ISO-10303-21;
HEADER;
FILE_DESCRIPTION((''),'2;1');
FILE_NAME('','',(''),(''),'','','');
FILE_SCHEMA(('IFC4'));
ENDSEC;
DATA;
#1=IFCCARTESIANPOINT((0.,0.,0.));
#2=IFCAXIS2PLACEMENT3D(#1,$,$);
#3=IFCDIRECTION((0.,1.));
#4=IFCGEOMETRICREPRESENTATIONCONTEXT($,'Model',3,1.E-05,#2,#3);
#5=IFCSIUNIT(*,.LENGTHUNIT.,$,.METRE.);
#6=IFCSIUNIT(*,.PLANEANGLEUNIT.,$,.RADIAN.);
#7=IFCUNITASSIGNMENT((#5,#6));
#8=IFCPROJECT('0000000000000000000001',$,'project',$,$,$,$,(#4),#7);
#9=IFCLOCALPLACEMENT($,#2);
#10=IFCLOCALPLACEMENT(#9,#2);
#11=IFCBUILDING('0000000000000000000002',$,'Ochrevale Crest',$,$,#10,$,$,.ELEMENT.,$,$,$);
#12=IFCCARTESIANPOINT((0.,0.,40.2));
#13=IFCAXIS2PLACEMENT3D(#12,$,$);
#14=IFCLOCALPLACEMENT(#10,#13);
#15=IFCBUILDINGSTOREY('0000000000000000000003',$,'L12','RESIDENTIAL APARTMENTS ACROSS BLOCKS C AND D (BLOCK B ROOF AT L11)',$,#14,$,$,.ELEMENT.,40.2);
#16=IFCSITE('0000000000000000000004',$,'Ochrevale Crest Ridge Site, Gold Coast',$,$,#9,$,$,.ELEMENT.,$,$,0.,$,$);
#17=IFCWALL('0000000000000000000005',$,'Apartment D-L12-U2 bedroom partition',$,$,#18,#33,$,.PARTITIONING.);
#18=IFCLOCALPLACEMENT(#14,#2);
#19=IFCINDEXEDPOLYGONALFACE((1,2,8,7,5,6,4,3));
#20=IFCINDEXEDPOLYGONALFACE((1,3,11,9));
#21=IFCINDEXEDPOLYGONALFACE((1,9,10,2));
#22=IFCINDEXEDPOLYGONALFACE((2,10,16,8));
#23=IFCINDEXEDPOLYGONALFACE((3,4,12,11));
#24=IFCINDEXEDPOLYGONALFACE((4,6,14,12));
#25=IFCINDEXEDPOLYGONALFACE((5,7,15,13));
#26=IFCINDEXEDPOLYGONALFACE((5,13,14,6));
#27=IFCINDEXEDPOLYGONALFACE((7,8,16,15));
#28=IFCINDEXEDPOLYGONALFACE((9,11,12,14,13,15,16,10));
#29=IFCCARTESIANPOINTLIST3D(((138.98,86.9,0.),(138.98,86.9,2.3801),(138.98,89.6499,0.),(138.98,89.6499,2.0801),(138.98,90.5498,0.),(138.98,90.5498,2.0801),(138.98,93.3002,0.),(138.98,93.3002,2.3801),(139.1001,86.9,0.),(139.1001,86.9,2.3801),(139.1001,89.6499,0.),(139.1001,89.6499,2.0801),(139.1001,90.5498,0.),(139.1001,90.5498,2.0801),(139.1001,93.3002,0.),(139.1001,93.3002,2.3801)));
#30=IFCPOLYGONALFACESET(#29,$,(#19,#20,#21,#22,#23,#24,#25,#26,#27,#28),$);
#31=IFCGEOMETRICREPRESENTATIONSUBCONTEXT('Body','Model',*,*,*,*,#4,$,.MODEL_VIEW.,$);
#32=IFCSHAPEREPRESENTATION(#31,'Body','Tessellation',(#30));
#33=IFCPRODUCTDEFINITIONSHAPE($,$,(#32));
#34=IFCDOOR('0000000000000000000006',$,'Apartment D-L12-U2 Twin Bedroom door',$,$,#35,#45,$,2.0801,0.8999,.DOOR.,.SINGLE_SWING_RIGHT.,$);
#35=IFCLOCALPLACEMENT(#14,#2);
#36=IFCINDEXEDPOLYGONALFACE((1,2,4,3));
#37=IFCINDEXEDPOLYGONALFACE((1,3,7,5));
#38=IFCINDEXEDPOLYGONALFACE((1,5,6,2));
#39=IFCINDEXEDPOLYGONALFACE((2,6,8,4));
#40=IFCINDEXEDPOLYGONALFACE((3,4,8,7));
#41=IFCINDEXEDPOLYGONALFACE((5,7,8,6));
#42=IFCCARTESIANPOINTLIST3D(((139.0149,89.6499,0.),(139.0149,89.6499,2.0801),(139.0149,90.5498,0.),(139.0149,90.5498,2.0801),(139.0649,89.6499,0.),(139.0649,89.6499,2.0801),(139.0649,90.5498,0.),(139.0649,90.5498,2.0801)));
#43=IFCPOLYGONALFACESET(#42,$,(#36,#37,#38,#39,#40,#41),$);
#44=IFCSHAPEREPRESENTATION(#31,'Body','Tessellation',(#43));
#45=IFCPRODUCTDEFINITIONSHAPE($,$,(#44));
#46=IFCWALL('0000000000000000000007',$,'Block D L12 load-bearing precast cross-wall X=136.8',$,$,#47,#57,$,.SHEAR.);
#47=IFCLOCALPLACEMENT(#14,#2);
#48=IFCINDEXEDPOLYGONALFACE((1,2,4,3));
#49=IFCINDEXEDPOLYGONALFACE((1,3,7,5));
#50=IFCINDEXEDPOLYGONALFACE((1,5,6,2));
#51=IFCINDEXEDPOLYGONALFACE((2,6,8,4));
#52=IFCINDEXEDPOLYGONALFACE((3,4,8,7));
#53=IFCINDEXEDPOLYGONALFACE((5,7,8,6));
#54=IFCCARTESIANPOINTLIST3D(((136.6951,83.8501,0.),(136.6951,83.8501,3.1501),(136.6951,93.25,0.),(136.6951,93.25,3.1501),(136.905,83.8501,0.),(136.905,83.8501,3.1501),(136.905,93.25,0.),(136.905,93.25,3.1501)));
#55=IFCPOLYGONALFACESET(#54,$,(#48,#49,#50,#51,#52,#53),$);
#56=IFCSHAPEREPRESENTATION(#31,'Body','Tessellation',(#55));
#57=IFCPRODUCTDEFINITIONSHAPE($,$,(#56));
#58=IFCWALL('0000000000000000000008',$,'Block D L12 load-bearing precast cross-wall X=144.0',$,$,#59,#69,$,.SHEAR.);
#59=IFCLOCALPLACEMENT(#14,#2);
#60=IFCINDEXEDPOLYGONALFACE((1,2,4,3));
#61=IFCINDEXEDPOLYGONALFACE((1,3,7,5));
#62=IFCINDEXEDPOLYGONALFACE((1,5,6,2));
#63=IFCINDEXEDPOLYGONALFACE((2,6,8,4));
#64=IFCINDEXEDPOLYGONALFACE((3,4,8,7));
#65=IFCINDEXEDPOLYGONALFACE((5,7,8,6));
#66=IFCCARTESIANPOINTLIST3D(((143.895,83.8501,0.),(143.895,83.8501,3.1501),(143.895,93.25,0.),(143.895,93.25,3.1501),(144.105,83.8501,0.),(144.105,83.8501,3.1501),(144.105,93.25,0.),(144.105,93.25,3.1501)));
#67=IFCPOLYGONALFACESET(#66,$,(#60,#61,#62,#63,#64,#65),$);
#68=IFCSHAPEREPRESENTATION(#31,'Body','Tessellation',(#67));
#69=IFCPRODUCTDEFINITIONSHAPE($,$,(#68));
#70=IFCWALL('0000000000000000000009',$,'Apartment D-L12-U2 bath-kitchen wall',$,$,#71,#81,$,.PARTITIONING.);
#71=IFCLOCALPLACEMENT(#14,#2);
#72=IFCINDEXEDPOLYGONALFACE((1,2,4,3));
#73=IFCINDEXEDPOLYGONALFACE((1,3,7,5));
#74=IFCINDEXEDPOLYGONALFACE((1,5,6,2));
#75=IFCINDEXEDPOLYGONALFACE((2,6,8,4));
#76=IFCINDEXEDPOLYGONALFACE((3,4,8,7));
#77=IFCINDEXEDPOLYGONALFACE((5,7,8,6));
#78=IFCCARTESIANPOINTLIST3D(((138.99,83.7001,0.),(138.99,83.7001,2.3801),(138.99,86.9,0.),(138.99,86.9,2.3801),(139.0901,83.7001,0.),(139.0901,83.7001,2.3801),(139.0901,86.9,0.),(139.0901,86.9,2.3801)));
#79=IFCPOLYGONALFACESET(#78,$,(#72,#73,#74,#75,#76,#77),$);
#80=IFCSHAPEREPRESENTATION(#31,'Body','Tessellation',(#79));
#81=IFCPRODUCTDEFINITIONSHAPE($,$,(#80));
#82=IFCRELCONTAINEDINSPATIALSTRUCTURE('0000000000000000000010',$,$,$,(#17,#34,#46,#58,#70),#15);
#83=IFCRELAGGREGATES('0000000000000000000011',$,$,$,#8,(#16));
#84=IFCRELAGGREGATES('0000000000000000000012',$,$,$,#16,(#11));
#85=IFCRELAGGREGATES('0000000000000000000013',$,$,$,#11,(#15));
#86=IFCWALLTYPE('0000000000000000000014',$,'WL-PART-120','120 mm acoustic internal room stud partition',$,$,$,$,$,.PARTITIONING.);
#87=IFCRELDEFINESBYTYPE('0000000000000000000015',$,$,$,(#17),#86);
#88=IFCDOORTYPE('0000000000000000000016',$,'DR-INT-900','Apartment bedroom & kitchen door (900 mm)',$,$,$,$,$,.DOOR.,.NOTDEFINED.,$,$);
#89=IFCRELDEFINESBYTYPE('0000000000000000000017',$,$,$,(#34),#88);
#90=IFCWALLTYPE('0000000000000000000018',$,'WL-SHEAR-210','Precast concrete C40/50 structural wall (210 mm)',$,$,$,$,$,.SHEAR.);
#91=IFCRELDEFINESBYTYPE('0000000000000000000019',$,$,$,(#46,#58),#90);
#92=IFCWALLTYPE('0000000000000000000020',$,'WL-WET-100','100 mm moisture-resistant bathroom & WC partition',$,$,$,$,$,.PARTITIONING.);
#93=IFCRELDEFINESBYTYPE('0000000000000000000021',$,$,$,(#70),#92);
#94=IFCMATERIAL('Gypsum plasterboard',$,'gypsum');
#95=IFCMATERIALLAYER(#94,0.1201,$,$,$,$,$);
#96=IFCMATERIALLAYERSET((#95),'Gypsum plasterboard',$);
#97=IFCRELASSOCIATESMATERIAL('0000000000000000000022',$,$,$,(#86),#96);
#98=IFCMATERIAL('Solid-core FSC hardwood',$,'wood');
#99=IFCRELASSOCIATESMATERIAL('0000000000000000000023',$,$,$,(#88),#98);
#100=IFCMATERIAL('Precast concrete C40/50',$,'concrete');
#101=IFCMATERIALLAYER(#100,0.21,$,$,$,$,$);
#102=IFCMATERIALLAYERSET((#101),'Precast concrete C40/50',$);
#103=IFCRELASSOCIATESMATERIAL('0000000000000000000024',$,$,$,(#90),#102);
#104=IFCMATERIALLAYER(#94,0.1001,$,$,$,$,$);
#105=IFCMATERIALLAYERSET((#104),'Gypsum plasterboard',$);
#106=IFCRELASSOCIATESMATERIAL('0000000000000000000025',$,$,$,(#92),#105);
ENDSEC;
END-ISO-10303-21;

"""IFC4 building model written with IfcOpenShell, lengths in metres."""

from ifc_helpers import new_model, si_unit, direction, frame, frame_2d, origin, place, context, subcontext, project, spatial, rectangle, extrude, material, layer, layer_set, type_object, element, fill, save


model = new_model("IFC4")

# Units and contexts
model_context = context("Model", 3, precision=1e-05, world=origin(), true_north=direction((0.0, 1.0)))
body_context = subcontext(model_context, "Body", "Model", "MODEL_VIEW")
ifc_project = project(units=[si_unit("LENGTHUNIT", "METRE"), si_unit("PLANEANGLEUNIT", "RADIAN")], contexts=[model_context])

# Site, building, storey
site_placement = place(None, origin())
site = spatial("IfcSite", under=ifc_project, at=site_placement, Name="Ochrevale Crest Ridge Site, Gold Coast", CompositionType="ELEMENT", RefElevation=0.0)
building_placement = place(site_placement, origin())
building = spatial("IfcBuilding", under=site, at=building_placement, Name="Ochrevale Crest", CompositionType="ELEMENT")
storey_placement = place(building_placement, frame((0.0, 0.0, 40.2)))
storey = spatial("IfcBuildingStorey", under=building, at=storey_placement, Name="L12", Description="RESIDENTIAL APARTMENTS ACROSS BLOCKS C AND D (BLOCK B ROOF AT L11)", CompositionType="ELEMENT", Elevation=40.2)

# Shared definitions
ifc_material_1 = material(Name="Gypsum plasterboard", Category="gypsum")
ifc_material_2 = material(Name="Solid-core FSC hardwood", Category="wood")

# Shared definitions
ifc_layer_1 = layer(ifc_material_1, 0.1201)
ifc_layer_set_1 = layer_set([ifc_layer_1], Name="Gypsum plasterboard")
wall_type_1 = type_object("IfcWallType", Name="WL-PART-120", Description="120 mm acoustic internal room stud partition", PredefinedType="PARTITIONING", material=ifc_layer_set_1)

# Shared definitions
door_type_1 = type_object("IfcDoorType", Name="DR-INT-900", Description="Apartment bedroom & kitchen door (900 mm)", OperationType="NOTDEFINED", PredefinedType="DOOR", material=ifc_material_2)

# Wall, opening, door
wall_1_placement = place(storey_placement, frame((139.04, 86.8999, 0.0), z_axis=(0.0, 0.0, 1.0), x_axis=(0.0, 1.0, 0.0)))
wall_1 = element("IfcWall", 1, at=wall_1_placement, inside=storey, type_object=wall_type_1, Name="Apartment D-L12-U2 bedroom partition", PredefinedType="PARTITIONING", context=body_context, shape_type="SweptSolid", body=[
    extrude(rectangle(XDim=6.4001, YDim=0.1201, at=frame_2d((3.2002, 0.0))), origin(), (0.0, 0.0, 1.0), 2.3801),
])
opening_1_placement = place(wall_1_placement, frame((3.6499, 0.0, 0.0), z_axis=(0.0, 0.0, 1.0), x_axis=(-1.0, 0.0, 0.0)))
opening_1 = element("IfcOpeningElement", 2, at=opening_1_placement, cuts=wall_1, PredefinedType="OPENING", context=body_context, shape_type="SweptSolid", body=[
    extrude(rectangle(XDim=0.8999, YDim=2.0801, at=frame_2d((0.45, 1.04))), frame((0.0, 0.0701, 0.0), z_axis=(0.0, -1.0, 0.0), x_axis=(1.0, 0.0, 0.0)), (0.0, 0.0, 1.0), 0.1401),
])
door_1_placement = place(opening_1_placement, origin())
door_1 = element("IfcDoor", 3, at=door_1_placement, inside=storey, type_object=door_type_1, Name="Apartment D-L12-U2 Twin Bedroom door", OperationType="SINGLE_SWING_RIGHT", OverallHeight=2.0801, OverallWidth=0.8999, PredefinedType="DOOR", context=body_context, shape_type="SweptSolid", body=[
    extrude(rectangle(XDim=0.8999, YDim=2.0801, at=frame_2d((0.45, 1.04))), frame((0.0, 0.0249, 0.0), z_axis=(0.0, -1.0, 0.0), x_axis=(1.0, 0.0, 0.0)), (0.0, 0.0, 1.0), 0.05),
])
fill(opening_1, door_1)

# Walls
ifc_material_3 = material(Name="Precast concrete C40/50", Category="concrete")
ifc_layer_2 = layer(ifc_material_3, 0.21)
ifc_layer_set_2 = layer_set([ifc_layer_2], Name="Precast concrete C40/50")
wall_type_2 = type_object("IfcWallType", Name="WL-SHEAR-210", Description="Precast concrete C40/50 structural wall (210 mm)", PredefinedType="SHEAR", material=ifc_layer_set_2)
for number, where, z_axis, x_axis, name in (
    (4, (136.8, 83.8501, 0.0), (0.0, 0.0, 1.0), (0.0, 1.0, 0.0), "Block D L12 load-bearing precast cross-wall X=136.8"),
    (5, (144.0, 83.8501, 0.0), (0.0, 0.0, 1.0), (0.0, 1.0, 0.0), "Block D L12 load-bearing precast cross-wall X=144.0"),
):
    element("IfcWall", number, at=place(storey_placement, frame(where, z_axis=z_axis, x_axis=x_axis)), inside=storey, type_object=wall_type_2, Name=name, PredefinedType="SHEAR", context=body_context, shape_type="SweptSolid", body=[
        extrude(rectangle(XDim=9.3999, YDim=0.21, at=frame_2d((4.7, 0.0))), origin(), (0.0, 0.0, 1.0), 3.1501),
    ])
ifc_layer_3 = layer(ifc_material_1, 0.1001)
ifc_layer_set_3 = layer_set([ifc_layer_3], Name="Gypsum plasterboard")
wall_type_3 = type_object("IfcWallType", Name="WL-WET-100", Description="100 mm moisture-resistant bathroom & WC partition", PredefinedType="PARTITIONING", material=ifc_layer_set_3)
wall_2_placement = place(storey_placement, frame((139.04, 83.7, 0.0), z_axis=(0.0, 0.0, 1.0), x_axis=(0.0, 1.0, 0.0)))
element("IfcWall", 6, at=wall_2_placement, inside=storey, type_object=wall_type_3, Name="Apartment D-L12-U2 bath-kitchen wall", PredefinedType="PARTITIONING", context=body_context, shape_type="SweptSolid", body=[
    extrude(rectangle(XDim=3.2, YDim=0.1001, at=frame_2d((1.6001, 0.0))), origin(), (0.0, 0.0, 1.0), 2.3801),
])

save(model, "model.ifc")
